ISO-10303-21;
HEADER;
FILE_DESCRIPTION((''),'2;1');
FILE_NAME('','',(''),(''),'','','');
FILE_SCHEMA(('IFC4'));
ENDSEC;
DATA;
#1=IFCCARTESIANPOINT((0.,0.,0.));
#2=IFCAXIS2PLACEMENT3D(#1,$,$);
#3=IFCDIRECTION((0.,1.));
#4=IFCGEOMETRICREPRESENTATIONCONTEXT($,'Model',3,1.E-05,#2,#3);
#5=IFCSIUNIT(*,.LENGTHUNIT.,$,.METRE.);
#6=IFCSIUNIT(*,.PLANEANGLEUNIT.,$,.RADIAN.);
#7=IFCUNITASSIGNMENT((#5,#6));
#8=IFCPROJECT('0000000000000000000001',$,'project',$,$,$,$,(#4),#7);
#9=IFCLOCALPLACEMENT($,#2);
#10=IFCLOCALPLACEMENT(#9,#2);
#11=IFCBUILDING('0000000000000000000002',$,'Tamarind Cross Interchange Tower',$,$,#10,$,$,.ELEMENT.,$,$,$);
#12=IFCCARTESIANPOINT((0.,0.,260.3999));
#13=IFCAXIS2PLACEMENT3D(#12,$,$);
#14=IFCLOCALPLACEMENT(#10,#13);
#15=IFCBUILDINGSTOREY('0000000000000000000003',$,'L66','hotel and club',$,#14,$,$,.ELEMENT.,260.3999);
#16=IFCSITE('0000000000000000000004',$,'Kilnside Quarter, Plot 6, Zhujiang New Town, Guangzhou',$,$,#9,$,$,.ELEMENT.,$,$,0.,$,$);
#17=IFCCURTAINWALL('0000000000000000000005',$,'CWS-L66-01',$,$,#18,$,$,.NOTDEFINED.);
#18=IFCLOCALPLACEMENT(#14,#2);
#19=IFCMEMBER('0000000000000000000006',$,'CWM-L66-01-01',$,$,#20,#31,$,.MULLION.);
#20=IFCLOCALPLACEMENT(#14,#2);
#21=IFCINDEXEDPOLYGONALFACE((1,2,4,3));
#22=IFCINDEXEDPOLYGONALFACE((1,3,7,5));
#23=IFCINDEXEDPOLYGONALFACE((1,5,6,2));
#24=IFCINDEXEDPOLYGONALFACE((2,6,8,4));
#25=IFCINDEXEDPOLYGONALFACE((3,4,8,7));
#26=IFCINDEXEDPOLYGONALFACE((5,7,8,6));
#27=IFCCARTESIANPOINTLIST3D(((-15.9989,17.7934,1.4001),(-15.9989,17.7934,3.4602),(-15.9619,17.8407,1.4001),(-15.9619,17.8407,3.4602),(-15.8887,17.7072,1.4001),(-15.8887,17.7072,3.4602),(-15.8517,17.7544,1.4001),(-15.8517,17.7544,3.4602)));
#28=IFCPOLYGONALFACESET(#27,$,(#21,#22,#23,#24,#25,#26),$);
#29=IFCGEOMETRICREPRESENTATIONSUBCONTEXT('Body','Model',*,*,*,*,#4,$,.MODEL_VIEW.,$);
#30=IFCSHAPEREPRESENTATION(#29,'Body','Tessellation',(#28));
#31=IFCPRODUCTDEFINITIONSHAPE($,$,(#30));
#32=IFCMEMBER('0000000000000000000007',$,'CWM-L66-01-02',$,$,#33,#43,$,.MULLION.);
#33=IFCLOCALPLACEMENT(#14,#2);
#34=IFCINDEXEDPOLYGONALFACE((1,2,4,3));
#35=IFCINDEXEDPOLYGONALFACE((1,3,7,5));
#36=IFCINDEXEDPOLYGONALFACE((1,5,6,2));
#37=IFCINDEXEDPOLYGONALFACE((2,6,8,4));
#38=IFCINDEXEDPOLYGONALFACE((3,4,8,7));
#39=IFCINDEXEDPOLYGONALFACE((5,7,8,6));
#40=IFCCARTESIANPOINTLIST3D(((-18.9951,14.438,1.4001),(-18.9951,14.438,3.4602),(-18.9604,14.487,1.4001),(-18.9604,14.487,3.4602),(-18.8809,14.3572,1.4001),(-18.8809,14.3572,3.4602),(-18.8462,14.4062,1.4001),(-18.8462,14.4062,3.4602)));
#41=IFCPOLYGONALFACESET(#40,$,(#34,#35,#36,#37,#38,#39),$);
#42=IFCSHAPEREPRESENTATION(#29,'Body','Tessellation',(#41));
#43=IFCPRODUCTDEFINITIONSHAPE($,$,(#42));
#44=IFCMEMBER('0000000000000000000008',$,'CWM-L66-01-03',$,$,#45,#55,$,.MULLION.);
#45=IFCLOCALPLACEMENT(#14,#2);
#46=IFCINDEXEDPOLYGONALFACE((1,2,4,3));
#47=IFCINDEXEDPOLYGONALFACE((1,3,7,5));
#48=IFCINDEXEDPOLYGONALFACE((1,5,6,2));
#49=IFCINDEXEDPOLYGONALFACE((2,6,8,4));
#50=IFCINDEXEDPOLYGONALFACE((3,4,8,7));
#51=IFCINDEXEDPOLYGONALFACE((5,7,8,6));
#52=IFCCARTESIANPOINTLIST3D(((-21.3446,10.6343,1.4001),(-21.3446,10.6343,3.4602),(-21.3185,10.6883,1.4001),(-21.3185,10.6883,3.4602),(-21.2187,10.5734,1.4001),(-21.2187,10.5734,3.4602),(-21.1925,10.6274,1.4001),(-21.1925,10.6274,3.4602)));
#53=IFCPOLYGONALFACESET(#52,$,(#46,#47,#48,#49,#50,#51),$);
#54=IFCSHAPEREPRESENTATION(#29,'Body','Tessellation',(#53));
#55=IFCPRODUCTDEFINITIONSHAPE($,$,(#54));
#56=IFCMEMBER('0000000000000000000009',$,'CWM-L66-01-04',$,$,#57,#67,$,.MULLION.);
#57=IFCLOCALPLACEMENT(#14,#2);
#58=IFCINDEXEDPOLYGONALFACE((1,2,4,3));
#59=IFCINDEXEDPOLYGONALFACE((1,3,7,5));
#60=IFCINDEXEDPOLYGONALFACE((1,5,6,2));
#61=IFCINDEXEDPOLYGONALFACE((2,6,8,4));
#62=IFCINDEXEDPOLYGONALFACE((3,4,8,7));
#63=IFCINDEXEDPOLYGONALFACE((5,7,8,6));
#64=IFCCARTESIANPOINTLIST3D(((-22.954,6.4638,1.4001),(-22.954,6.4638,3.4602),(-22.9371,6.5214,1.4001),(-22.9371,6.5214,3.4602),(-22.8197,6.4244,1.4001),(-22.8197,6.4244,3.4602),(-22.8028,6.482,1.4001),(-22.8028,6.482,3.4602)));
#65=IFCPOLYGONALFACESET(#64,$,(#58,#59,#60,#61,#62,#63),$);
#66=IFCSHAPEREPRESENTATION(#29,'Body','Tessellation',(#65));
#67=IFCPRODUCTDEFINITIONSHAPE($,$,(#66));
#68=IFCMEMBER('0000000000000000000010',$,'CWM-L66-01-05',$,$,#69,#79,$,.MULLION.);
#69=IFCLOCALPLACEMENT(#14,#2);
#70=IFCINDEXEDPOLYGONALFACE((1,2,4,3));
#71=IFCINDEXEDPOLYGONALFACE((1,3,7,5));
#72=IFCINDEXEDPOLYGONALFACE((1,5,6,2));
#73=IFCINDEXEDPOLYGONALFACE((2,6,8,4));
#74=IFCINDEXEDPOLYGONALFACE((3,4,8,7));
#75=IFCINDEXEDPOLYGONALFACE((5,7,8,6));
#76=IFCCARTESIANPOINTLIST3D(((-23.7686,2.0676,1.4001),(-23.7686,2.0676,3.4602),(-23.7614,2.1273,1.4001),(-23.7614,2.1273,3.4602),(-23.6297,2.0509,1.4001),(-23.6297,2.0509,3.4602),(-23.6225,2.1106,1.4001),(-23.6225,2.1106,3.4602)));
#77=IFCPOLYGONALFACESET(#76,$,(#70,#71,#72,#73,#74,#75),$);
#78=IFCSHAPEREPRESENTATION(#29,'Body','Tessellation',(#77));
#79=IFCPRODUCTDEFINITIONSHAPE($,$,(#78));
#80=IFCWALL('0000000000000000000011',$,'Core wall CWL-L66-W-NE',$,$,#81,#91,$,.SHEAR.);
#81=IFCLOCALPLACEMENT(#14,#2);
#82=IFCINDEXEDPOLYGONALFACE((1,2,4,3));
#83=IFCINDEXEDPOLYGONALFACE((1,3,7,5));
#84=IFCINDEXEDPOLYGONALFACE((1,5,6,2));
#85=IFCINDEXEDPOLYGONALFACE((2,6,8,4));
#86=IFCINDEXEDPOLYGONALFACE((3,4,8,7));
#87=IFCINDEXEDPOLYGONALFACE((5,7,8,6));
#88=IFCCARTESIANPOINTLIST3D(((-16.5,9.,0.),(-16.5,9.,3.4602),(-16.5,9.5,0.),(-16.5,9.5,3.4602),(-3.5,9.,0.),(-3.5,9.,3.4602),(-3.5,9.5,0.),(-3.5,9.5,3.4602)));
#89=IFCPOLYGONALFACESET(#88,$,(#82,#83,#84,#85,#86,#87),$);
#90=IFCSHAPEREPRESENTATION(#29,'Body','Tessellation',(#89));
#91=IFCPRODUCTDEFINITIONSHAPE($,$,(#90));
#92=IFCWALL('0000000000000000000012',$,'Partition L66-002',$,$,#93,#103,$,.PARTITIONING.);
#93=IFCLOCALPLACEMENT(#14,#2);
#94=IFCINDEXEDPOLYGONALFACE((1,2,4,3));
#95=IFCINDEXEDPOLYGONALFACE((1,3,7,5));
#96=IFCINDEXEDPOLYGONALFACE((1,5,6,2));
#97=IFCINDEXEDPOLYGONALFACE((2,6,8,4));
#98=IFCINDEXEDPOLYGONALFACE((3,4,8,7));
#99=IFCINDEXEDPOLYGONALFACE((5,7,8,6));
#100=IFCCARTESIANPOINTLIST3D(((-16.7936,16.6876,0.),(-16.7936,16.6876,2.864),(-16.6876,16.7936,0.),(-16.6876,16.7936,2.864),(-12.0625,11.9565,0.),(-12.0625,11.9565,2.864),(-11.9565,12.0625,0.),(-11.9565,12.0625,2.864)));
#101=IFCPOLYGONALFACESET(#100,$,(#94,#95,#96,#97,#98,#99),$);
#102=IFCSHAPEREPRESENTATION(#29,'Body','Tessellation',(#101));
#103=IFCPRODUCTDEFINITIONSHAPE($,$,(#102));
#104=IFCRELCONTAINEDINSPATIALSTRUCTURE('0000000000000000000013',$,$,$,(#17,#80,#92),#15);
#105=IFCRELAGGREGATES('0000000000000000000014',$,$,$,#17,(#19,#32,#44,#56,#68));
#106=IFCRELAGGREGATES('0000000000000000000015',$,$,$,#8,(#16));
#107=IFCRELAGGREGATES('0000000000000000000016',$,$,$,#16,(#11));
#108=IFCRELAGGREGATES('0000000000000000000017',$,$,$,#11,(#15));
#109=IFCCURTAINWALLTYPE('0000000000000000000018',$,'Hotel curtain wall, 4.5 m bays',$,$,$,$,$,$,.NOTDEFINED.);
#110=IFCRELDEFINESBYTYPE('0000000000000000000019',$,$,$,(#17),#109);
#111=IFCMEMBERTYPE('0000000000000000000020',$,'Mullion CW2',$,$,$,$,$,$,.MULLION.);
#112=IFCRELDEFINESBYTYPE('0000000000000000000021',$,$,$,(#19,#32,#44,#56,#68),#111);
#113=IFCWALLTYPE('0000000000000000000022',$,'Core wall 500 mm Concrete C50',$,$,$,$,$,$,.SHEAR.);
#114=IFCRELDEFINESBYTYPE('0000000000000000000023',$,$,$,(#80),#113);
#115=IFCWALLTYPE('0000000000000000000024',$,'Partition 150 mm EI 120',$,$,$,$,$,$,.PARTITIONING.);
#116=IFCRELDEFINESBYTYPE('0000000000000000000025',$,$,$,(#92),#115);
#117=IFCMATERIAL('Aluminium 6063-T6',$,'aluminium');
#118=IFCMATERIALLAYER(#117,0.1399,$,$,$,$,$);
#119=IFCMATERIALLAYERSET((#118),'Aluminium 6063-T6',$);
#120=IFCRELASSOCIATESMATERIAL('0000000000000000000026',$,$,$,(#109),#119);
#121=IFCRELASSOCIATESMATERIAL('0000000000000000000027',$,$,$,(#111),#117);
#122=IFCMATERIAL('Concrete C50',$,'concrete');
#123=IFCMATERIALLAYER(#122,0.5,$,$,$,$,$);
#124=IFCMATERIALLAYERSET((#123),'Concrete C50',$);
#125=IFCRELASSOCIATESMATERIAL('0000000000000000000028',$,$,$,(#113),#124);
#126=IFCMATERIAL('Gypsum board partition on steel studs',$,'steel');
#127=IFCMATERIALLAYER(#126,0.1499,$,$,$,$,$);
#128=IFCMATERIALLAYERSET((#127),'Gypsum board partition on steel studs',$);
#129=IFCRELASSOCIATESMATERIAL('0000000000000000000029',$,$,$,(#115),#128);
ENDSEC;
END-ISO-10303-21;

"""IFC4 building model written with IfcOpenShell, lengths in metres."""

from ifc_helpers import new_model, si_unit, direction, frame, frame_2d, origin, origin_2d, place, context, subcontext, project, spatial, rectangle, extrude, material, layer, layer_set, material_profile, profile_set, type_object, element, aggregate, save


model = new_model("IFC4")

# Units and contexts
model_context = context("Model", 3, precision=1e-05, world=origin(), true_north=direction((0.0, 1.0)))
body_context = subcontext(model_context, "Body", "Model", "MODEL_VIEW")
ifc_project = project(units=[si_unit("LENGTHUNIT", "METRE"), si_unit("PLANEANGLEUNIT", "RADIAN")], contexts=[model_context])

# Site, building, storey
site_placement = place(None, origin())
site = spatial("IfcSite", under=ifc_project, at=site_placement, Name="Kilnside Quarter, Plot 6, Zhujiang New Town, Guangzhou", CompositionType="ELEMENT", RefElevation=0.0)
building_placement = place(site_placement, origin())
building = spatial("IfcBuilding", under=site, at=building_placement, Name="Tamarind Cross Interchange Tower", CompositionType="ELEMENT")
storey_placement = place(building_placement, frame((0.0, 0.0, 260.3999)))
storey = spatial("IfcBuildingStorey", under=building, at=storey_placement, Name="L66", Description="hotel and club", CompositionType="ELEMENT", Elevation=260.3999)

# Curtain wall, members
ifc_material_1 = material(Name="Aluminium 6063-T6", Category="aluminium")
ifc_layer_1 = layer(ifc_material_1, 0.1399)
ifc_layer_set_1 = layer_set([ifc_layer_1], Name="Aluminium 6063-T6")
curtain_wall_type = type_object("IfcCurtainWallType", Name="Hotel curtain wall, 4.5 m bays", PredefinedType="NOTDEFINED", material=ifc_layer_set_1)
curtain_wall_placement = place(storey_placement, origin())
curtain_wall = element("IfcCurtainWall", 1, at=curtain_wall_placement, inside=storey, type_object=curtain_wall_type, Name="CWS-L66-01", PredefinedType="NOTDEFINED")
ifc_material_profile_1 = material_profile(ifc_material_1, rectangle(XDim=0.0601, YDim=0.1399, at=origin_2d()), Name="Mullion CW2")
ifc_profile_set_1 = profile_set([ifc_material_profile_1], Name="Aluminium 6063-T6")
member_type = type_object("IfcMemberType", Name="Mullion CW2", PredefinedType="MULLION", material=ifc_profile_set_1)
member_1_placement = place(storey_placement, frame((-15.9253, 17.7739, 1.4001), z_axis=(0.0, 0.0, 1.0), x_axis=(-0.616508, -0.787349, 0.0)))
member_1 = element("IfcMember", 2, at=member_1_placement, type_object=member_type, Name="CWM-L66-01-01", PredefinedType="MULLION", context=body_context, shape_type="SweptSolid", body=[
    extrude(rectangle(XDim=0.0601, YDim=0.1399, at=origin_2d()), origin(), (0.0, 0.0, 1.0), 2.0601),
])
member_2_placement = place(storey_placement, frame((-18.9207, 14.4221, 1.4001), z_axis=(0.0, 0.0, 1.0), x_axis=(-0.577569, -0.816342, 0.0)))
member_2 = element("IfcMember", 3, at=member_2_placement, type_object=member_type, Name="CWM-L66-01-02", PredefinedType="MULLION", context=body_context, shape_type="SweptSolid", body=[
    extrude(rectangle(XDim=0.0601, YDim=0.1399, at=origin_2d()), origin(), (0.0, 0.0, 1.0), 2.0601),
])
member_3_placement = place(storey_placement, frame((-21.2686, 10.6309, 1.4001), z_axis=(0.0, 0.0, 1.0), x_axis=(-0.435326, -0.900273, 0.0)))
member_3 = element("IfcMember", 4, at=member_3_placement, type_object=member_type, Name="CWM-L66-01-03", PredefinedType="MULLION", context=body_context, shape_type="SweptSolid", body=[
    extrude(rectangle(XDim=0.0601, YDim=0.1399, at=origin_2d()), origin(), (0.0, 0.0, 1.0), 2.0601),
])
member_4_placement = place(storey_placement, frame((-22.8784, 6.4729, 1.4001), z_axis=(0.0, 0.0, 1.0), x_axis=(-0.281209, -0.959647, 0.0)))
member_4 = element("IfcMember", 5, at=member_4_placement, type_object=member_type, Name="CWM-L66-01-04", PredefinedType="MULLION", context=body_context, shape_type="SweptSolid", body=[
    extrude(rectangle(XDim=0.0601, YDim=0.1399, at=origin_2d()), origin(), (0.0, 0.0, 1.0), 2.0601),
])
member_5_placement = place(storey_placement, frame((-23.6956, 2.0891, 1.4001), z_axis=(0.0, 0.0, 1.0), x_axis=(-0.119421, -0.992844, 0.0)))
member_5 = element("IfcMember", 6, at=member_5_placement, type_object=member_type, Name="CWM-L66-01-05", PredefinedType="MULLION", context=body_context, shape_type="SweptSolid", body=[
    extrude(rectangle(XDim=0.0601, YDim=0.1399, at=origin_2d()), origin(), (0.0, 0.0, 1.0), 2.0601),
])
aggregate(curtain_wall, [member_1, member_2, member_3, member_4, member_5])

# Walls
ifc_material_2 = material(Name="Concrete C50", Category="concrete")
ifc_layer_2 = layer(ifc_material_2, 0.5)
ifc_layer_set_2 = layer_set([ifc_layer_2], Name="Concrete C50")
wall_type_1 = type_object("IfcWallType", Name="Core wall 500 mm Concrete C50", PredefinedType="SHEAR", material=ifc_layer_set_2)
wall_1_placement = place(storey_placement, frame((-16.5, 9.25, 0.0), z_axis=(0.0, 0.0, 1.0), x_axis=(1.0, 0.0, 0.0)))
element("IfcWall", 7, at=wall_1_placement, inside=storey, type_object=wall_type_1, Name="Core wall CWL-L66-W-NE", PredefinedType="SHEAR", context=body_context, shape_type="SweptSolid", body=[
    extrude(rectangle(XDim=13.0, YDim=0.5, at=frame_2d((6.5, 0.0))), origin(), (0.0, 0.0, 1.0), 3.4602),
])
ifc_material_3 = material(Name="Gypsum board partition on steel studs", Category="steel")
ifc_layer_3 = layer(ifc_material_3, 0.1499)
ifc_layer_set_3 = layer_set([ifc_layer_3], Name="Gypsum board partition on steel studs")
wall_type_2 = type_object("IfcWallType", Name="Partition 150 mm EI 120", PredefinedType="PARTITIONING", material=ifc_layer_set_3)
wall_2_placement = place(storey_placement, frame((-16.7405, 16.7405, 0.0), z_axis=(0.0, 0.0, 1.0), x_axis=(0.707107, -0.707107, 0.0)))
element("IfcWall", 8, at=wall_2_placement, inside=storey, type_object=wall_type_2, Name="Partition L66-002", PredefinedType="PARTITIONING", context=body_context, shape_type="SweptSolid", body=[
    extrude(rectangle(XDim=6.6907, YDim=0.1499, at=frame_2d((3.3452, 0.0))), origin(), (0.0, 0.0, 1.0), 2.864),
])

save(model, "model.ifc")
